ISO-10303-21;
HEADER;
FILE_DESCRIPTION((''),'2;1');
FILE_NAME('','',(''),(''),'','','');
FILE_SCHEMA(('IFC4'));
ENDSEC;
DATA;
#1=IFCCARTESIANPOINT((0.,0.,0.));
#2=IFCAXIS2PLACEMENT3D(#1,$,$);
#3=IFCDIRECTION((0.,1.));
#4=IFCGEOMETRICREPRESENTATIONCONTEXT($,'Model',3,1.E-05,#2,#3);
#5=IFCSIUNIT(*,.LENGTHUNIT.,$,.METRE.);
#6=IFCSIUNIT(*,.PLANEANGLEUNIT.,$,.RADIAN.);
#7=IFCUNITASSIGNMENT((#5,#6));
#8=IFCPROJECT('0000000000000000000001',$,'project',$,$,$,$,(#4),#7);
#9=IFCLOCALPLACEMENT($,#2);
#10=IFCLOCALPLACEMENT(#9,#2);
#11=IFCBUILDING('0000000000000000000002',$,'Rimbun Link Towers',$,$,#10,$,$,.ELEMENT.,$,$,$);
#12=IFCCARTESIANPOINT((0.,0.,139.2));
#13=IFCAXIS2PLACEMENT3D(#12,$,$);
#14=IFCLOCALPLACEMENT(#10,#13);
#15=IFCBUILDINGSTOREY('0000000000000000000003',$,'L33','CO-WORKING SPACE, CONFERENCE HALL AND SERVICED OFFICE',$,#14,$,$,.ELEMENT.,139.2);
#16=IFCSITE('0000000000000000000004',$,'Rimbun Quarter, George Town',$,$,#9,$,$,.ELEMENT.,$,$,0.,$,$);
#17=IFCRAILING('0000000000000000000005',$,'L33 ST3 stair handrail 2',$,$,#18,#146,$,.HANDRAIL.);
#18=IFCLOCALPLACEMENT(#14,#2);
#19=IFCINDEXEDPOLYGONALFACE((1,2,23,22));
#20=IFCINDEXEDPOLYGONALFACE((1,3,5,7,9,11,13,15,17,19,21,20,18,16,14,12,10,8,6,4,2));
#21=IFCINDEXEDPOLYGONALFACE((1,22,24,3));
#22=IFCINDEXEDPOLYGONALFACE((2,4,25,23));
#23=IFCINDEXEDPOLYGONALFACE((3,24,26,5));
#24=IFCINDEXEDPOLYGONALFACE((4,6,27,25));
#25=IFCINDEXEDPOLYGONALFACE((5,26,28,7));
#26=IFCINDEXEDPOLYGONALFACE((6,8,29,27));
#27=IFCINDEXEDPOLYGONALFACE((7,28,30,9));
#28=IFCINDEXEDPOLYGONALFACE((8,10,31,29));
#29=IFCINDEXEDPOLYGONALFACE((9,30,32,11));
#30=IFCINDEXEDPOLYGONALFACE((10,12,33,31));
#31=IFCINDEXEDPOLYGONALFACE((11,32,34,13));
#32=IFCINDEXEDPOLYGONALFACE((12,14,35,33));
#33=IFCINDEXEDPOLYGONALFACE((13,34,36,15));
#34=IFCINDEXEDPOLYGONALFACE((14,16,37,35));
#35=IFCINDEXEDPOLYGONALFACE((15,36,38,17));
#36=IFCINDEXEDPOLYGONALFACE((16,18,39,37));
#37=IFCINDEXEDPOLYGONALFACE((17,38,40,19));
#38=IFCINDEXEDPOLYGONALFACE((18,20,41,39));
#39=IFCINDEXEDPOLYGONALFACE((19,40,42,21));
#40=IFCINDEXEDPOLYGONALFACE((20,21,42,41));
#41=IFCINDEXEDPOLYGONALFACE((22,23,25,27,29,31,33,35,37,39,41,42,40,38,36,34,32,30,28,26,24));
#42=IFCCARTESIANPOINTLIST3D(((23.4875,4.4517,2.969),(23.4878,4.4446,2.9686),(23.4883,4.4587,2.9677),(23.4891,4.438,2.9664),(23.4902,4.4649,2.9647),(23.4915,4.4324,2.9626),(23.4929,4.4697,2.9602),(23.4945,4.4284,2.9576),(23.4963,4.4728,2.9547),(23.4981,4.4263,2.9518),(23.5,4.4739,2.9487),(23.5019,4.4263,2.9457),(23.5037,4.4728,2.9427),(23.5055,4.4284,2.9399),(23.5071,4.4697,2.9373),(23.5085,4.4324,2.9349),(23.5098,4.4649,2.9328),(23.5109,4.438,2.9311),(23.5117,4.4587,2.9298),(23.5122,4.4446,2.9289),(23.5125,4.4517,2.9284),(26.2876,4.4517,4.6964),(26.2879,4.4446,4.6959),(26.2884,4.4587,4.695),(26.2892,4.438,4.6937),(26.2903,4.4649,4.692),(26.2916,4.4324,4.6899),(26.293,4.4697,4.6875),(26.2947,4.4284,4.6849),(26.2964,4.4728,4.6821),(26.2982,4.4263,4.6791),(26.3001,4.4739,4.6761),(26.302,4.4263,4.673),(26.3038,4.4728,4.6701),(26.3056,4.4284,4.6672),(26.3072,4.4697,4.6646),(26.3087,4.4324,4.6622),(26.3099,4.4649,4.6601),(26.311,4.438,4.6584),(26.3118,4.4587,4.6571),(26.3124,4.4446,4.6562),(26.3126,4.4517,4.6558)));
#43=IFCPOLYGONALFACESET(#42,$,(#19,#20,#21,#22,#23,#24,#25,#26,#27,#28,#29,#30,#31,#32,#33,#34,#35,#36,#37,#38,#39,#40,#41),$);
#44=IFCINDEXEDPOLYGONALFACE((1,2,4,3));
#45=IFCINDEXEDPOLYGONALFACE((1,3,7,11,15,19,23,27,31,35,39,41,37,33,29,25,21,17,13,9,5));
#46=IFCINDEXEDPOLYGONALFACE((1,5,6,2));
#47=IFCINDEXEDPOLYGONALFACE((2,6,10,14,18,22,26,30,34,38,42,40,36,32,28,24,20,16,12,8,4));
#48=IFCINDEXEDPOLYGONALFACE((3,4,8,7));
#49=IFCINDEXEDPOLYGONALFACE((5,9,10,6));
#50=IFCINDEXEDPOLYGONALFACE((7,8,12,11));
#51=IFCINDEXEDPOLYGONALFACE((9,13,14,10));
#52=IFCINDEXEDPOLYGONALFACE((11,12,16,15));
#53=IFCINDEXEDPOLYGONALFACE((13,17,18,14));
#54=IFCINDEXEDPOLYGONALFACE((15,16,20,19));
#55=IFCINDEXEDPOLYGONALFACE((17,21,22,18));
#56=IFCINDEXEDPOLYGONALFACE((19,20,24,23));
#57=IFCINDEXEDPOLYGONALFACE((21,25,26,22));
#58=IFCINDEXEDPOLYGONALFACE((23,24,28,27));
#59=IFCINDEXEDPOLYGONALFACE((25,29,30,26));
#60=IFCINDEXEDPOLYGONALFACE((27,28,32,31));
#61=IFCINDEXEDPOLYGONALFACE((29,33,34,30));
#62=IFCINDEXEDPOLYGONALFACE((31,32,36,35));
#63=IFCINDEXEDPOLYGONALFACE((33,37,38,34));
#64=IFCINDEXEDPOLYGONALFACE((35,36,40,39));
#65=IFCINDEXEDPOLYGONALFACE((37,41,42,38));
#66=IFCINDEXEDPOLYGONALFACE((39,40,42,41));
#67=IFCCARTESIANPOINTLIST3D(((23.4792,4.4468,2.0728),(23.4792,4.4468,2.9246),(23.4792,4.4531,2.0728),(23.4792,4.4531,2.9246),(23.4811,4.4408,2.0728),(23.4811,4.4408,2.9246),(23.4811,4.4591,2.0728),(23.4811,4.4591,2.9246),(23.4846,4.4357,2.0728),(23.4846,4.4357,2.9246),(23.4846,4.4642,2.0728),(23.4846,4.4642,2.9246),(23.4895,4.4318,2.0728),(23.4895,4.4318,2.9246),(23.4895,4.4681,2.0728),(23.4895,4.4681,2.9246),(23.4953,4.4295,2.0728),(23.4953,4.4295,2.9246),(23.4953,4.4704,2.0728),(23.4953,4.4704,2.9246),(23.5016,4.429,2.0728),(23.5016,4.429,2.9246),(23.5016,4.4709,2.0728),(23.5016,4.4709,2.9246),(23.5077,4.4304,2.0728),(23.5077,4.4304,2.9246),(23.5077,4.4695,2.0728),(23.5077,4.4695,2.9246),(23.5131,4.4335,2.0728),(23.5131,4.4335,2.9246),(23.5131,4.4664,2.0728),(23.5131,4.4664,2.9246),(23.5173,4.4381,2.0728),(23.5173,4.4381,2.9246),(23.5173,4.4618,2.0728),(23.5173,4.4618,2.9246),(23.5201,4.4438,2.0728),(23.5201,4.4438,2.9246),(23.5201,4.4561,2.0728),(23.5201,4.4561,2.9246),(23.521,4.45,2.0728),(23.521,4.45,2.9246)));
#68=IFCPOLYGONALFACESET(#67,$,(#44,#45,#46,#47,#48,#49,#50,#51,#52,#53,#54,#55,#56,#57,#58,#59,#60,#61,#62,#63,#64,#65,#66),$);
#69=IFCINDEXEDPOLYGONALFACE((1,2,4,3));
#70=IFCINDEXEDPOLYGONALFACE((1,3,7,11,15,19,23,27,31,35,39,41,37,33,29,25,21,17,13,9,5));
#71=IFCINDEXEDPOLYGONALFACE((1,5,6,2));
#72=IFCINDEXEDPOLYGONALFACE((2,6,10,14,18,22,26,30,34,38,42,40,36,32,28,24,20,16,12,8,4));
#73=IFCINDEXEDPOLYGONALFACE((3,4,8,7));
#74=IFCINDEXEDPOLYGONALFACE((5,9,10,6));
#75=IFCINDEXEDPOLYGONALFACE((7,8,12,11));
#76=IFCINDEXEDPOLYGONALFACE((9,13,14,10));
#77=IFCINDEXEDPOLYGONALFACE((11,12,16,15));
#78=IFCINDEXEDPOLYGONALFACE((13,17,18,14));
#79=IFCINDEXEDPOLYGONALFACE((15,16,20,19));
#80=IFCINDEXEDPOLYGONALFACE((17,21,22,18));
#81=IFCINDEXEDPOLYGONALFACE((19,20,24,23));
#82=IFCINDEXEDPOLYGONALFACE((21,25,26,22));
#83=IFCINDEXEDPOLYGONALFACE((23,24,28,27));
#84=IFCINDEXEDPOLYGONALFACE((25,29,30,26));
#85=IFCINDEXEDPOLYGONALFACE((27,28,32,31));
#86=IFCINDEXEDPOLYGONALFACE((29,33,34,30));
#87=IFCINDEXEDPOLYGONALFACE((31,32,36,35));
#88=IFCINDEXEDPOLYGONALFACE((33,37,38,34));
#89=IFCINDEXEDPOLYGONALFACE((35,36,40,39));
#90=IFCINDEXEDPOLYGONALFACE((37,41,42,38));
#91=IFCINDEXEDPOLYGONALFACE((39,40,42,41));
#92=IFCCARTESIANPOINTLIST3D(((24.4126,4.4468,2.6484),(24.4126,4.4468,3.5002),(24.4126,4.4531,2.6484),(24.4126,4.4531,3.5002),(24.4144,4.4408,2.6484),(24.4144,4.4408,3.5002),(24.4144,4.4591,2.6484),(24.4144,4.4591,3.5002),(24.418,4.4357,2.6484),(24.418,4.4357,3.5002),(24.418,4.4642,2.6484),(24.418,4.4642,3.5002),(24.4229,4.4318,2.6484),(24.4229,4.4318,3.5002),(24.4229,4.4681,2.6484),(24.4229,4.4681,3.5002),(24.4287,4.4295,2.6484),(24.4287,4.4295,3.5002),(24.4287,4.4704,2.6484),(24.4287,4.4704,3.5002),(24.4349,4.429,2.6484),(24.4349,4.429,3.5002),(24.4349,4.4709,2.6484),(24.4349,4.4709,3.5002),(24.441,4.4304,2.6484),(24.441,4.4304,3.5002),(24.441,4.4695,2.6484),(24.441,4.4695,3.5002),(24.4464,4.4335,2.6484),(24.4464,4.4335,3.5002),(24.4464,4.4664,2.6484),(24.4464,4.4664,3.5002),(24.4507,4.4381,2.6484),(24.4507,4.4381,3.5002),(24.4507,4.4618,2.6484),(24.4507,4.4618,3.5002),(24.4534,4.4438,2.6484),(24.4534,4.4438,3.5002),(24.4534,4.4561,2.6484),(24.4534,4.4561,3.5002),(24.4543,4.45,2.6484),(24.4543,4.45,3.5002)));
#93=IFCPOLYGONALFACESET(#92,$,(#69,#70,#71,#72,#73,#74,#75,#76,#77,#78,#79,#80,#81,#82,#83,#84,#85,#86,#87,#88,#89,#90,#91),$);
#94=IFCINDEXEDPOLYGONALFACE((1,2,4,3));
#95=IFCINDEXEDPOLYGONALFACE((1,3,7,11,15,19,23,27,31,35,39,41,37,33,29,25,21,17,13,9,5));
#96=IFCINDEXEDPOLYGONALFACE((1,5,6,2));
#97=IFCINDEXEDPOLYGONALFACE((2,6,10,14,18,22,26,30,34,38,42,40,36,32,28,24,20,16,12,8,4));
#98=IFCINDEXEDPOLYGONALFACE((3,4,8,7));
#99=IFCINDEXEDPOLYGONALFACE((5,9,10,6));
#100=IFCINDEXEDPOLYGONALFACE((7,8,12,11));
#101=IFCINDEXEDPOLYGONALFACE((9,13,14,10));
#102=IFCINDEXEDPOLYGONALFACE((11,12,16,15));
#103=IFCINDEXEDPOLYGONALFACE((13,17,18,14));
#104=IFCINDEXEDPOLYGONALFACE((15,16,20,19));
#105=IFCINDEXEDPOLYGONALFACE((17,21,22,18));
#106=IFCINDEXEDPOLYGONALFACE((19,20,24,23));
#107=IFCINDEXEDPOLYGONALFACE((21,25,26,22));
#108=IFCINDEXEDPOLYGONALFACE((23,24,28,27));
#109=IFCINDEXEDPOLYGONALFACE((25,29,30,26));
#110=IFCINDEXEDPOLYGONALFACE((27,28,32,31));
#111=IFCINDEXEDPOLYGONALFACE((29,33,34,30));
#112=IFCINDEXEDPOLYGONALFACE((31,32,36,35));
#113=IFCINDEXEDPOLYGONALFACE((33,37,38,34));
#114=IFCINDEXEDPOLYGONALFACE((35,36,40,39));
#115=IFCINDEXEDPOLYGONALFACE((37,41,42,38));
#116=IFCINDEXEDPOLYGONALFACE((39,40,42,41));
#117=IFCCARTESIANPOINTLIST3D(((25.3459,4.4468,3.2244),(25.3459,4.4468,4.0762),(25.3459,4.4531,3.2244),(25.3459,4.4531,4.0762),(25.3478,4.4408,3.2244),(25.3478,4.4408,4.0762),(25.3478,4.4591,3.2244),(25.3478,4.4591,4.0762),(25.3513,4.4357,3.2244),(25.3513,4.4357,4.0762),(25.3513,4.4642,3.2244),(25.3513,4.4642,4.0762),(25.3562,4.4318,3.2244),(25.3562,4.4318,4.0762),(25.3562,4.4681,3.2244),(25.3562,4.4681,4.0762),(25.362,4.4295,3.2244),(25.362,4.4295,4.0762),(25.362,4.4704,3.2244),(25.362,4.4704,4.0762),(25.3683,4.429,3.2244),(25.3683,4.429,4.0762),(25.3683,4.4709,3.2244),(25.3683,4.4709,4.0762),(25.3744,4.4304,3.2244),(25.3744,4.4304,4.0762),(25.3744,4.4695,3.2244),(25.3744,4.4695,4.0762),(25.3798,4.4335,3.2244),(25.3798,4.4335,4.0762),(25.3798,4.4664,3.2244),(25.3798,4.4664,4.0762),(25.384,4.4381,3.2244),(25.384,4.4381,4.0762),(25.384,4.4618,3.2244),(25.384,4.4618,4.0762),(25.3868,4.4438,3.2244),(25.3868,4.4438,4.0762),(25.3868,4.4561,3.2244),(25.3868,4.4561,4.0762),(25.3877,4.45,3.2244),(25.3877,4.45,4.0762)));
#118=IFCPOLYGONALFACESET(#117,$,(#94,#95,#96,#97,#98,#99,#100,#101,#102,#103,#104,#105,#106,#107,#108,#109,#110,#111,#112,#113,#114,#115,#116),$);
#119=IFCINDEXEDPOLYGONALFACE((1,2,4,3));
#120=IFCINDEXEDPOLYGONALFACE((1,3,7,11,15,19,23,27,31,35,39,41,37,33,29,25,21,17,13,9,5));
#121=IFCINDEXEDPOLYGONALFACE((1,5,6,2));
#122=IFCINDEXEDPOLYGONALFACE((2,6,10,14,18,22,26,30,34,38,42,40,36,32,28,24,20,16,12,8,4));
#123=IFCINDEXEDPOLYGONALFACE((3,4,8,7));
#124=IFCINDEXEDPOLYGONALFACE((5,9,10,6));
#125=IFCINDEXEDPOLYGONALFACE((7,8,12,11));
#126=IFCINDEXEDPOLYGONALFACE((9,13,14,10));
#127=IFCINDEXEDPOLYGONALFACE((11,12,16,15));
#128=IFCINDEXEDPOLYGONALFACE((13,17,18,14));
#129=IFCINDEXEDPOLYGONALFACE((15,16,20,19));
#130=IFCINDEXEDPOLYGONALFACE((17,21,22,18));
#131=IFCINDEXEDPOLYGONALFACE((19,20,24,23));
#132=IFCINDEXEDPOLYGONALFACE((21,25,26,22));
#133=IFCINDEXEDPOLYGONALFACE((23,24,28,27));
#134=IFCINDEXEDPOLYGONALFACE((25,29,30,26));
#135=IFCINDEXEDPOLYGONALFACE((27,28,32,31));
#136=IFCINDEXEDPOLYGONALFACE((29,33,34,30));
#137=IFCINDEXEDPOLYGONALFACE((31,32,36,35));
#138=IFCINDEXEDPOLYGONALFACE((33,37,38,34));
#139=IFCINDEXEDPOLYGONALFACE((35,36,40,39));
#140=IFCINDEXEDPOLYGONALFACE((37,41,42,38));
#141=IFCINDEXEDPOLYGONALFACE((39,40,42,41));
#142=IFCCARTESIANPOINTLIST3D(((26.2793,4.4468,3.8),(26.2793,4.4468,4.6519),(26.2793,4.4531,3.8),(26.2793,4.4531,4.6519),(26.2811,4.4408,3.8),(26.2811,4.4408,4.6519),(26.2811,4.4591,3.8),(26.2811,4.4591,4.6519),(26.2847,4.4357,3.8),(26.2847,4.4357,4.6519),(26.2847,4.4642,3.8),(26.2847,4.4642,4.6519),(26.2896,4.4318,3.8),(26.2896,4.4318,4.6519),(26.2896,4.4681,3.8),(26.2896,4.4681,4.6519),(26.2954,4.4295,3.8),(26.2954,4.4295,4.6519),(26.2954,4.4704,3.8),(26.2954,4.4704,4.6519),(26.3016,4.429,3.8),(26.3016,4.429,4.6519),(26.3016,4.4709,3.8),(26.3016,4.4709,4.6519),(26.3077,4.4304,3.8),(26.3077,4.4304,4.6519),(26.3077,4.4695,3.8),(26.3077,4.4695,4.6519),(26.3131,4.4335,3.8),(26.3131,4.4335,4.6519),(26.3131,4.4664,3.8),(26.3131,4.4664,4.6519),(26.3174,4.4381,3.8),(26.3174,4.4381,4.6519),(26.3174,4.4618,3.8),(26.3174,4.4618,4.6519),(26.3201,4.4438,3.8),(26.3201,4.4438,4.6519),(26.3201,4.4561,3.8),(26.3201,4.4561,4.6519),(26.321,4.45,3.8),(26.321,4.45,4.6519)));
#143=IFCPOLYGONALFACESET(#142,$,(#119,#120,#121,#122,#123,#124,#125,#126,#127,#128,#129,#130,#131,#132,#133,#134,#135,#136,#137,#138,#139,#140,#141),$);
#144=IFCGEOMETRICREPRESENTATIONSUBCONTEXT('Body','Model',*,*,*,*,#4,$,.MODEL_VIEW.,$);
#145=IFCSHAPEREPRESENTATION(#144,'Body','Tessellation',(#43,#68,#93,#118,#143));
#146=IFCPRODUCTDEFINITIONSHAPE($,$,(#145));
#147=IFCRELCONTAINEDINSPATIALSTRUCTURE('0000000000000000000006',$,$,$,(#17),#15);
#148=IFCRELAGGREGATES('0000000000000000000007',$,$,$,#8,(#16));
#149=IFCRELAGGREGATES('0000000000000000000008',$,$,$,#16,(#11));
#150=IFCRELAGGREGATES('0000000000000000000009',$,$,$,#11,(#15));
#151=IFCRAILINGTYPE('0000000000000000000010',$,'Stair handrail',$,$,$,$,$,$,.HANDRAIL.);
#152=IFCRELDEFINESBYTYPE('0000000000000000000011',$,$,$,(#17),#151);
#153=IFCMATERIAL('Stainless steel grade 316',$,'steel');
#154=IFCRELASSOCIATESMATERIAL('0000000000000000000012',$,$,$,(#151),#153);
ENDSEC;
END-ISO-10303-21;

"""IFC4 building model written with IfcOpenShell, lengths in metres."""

from ifc_helpers import new_model, si_unit, direction, frame, origin, origin_2d, place, context, subcontext, project, spatial, circle, extrude, material, type_object, element, save


model = new_model("IFC4")

# Units and contexts
model_context = context("Model", 3, precision=1e-05, world=origin(), true_north=direction((0.0, 1.0)))
body_context = subcontext(model_context, "Body", "Model", "MODEL_VIEW")
ifc_project = project(units=[si_unit("LENGTHUNIT", "METRE"), si_unit("PLANEANGLEUNIT", "RADIAN")], contexts=[model_context])

# Site, building, storey
site_placement = place(None, origin())
site = spatial("IfcSite", under=ifc_project, at=site_placement, Name="Rimbun Quarter, George Town", CompositionType="ELEMENT", RefElevation=0.0)
building_placement = place(site_placement, origin())
building = spatial("IfcBuilding", under=site, at=building_placement, Name="Rimbun Link Towers", CompositionType="ELEMENT")
storey_placement = place(building_placement, frame((0.0, 0.0, 139.2)))
storey = spatial("IfcBuildingStorey", under=building, at=storey_placement, Name="L33", Description="CO-WORKING SPACE, CONFERENCE HALL AND SERVICED OFFICE", CompositionType="ELEMENT", Elevation=139.2)

# Railing
ifc_material_1 = material(Name="Stainless steel grade 316", Category="steel")
railing_type_1 = type_object("IfcRailingType", Name="Stair handrail", PredefinedType="HANDRAIL", material=ifc_material_1)
railing_1_placement = place(storey_placement, frame((23.5, 4.45, 2.0728)))
element("IfcRailing", 1, at=railing_1_placement, inside=storey, type_object=railing_type_1, Name="L33 ST3 stair handrail 2", PredefinedType="HANDRAIL", context=body_context, shape_type="SweptSolid", body=[
    extrude(circle(Radius=0.0239, at=origin_2d()), frame((0.0, 0.0, 0.876), z_axis=(0.85109, 0.0, 0.52502), x_axis=(0.0, 1.0, 0.0)), (0.0, 0.0, 1.0), 3.29),
    extrude(circle(Radius=0.021, at=origin_2d()), origin(), (0.0, 0.0, 1.0), 0.8518),
    extrude(circle(Radius=0.021, at=origin_2d()), frame((0.9333, 0.0, 0.5757)), (0.0, 0.0, 1.0), 0.8518),
    extrude(circle(Radius=0.021, at=origin_2d()), frame((1.8667, 0.0, 1.1516)), (0.0, 0.0, 1.0), 0.8518),
    extrude(circle(Radius=0.021, at=origin_2d()), frame((2.8, 0.0, 1.7273)), (0.0, 0.0, 1.0), 0.8518),
])

save(model, "model.ifc")
